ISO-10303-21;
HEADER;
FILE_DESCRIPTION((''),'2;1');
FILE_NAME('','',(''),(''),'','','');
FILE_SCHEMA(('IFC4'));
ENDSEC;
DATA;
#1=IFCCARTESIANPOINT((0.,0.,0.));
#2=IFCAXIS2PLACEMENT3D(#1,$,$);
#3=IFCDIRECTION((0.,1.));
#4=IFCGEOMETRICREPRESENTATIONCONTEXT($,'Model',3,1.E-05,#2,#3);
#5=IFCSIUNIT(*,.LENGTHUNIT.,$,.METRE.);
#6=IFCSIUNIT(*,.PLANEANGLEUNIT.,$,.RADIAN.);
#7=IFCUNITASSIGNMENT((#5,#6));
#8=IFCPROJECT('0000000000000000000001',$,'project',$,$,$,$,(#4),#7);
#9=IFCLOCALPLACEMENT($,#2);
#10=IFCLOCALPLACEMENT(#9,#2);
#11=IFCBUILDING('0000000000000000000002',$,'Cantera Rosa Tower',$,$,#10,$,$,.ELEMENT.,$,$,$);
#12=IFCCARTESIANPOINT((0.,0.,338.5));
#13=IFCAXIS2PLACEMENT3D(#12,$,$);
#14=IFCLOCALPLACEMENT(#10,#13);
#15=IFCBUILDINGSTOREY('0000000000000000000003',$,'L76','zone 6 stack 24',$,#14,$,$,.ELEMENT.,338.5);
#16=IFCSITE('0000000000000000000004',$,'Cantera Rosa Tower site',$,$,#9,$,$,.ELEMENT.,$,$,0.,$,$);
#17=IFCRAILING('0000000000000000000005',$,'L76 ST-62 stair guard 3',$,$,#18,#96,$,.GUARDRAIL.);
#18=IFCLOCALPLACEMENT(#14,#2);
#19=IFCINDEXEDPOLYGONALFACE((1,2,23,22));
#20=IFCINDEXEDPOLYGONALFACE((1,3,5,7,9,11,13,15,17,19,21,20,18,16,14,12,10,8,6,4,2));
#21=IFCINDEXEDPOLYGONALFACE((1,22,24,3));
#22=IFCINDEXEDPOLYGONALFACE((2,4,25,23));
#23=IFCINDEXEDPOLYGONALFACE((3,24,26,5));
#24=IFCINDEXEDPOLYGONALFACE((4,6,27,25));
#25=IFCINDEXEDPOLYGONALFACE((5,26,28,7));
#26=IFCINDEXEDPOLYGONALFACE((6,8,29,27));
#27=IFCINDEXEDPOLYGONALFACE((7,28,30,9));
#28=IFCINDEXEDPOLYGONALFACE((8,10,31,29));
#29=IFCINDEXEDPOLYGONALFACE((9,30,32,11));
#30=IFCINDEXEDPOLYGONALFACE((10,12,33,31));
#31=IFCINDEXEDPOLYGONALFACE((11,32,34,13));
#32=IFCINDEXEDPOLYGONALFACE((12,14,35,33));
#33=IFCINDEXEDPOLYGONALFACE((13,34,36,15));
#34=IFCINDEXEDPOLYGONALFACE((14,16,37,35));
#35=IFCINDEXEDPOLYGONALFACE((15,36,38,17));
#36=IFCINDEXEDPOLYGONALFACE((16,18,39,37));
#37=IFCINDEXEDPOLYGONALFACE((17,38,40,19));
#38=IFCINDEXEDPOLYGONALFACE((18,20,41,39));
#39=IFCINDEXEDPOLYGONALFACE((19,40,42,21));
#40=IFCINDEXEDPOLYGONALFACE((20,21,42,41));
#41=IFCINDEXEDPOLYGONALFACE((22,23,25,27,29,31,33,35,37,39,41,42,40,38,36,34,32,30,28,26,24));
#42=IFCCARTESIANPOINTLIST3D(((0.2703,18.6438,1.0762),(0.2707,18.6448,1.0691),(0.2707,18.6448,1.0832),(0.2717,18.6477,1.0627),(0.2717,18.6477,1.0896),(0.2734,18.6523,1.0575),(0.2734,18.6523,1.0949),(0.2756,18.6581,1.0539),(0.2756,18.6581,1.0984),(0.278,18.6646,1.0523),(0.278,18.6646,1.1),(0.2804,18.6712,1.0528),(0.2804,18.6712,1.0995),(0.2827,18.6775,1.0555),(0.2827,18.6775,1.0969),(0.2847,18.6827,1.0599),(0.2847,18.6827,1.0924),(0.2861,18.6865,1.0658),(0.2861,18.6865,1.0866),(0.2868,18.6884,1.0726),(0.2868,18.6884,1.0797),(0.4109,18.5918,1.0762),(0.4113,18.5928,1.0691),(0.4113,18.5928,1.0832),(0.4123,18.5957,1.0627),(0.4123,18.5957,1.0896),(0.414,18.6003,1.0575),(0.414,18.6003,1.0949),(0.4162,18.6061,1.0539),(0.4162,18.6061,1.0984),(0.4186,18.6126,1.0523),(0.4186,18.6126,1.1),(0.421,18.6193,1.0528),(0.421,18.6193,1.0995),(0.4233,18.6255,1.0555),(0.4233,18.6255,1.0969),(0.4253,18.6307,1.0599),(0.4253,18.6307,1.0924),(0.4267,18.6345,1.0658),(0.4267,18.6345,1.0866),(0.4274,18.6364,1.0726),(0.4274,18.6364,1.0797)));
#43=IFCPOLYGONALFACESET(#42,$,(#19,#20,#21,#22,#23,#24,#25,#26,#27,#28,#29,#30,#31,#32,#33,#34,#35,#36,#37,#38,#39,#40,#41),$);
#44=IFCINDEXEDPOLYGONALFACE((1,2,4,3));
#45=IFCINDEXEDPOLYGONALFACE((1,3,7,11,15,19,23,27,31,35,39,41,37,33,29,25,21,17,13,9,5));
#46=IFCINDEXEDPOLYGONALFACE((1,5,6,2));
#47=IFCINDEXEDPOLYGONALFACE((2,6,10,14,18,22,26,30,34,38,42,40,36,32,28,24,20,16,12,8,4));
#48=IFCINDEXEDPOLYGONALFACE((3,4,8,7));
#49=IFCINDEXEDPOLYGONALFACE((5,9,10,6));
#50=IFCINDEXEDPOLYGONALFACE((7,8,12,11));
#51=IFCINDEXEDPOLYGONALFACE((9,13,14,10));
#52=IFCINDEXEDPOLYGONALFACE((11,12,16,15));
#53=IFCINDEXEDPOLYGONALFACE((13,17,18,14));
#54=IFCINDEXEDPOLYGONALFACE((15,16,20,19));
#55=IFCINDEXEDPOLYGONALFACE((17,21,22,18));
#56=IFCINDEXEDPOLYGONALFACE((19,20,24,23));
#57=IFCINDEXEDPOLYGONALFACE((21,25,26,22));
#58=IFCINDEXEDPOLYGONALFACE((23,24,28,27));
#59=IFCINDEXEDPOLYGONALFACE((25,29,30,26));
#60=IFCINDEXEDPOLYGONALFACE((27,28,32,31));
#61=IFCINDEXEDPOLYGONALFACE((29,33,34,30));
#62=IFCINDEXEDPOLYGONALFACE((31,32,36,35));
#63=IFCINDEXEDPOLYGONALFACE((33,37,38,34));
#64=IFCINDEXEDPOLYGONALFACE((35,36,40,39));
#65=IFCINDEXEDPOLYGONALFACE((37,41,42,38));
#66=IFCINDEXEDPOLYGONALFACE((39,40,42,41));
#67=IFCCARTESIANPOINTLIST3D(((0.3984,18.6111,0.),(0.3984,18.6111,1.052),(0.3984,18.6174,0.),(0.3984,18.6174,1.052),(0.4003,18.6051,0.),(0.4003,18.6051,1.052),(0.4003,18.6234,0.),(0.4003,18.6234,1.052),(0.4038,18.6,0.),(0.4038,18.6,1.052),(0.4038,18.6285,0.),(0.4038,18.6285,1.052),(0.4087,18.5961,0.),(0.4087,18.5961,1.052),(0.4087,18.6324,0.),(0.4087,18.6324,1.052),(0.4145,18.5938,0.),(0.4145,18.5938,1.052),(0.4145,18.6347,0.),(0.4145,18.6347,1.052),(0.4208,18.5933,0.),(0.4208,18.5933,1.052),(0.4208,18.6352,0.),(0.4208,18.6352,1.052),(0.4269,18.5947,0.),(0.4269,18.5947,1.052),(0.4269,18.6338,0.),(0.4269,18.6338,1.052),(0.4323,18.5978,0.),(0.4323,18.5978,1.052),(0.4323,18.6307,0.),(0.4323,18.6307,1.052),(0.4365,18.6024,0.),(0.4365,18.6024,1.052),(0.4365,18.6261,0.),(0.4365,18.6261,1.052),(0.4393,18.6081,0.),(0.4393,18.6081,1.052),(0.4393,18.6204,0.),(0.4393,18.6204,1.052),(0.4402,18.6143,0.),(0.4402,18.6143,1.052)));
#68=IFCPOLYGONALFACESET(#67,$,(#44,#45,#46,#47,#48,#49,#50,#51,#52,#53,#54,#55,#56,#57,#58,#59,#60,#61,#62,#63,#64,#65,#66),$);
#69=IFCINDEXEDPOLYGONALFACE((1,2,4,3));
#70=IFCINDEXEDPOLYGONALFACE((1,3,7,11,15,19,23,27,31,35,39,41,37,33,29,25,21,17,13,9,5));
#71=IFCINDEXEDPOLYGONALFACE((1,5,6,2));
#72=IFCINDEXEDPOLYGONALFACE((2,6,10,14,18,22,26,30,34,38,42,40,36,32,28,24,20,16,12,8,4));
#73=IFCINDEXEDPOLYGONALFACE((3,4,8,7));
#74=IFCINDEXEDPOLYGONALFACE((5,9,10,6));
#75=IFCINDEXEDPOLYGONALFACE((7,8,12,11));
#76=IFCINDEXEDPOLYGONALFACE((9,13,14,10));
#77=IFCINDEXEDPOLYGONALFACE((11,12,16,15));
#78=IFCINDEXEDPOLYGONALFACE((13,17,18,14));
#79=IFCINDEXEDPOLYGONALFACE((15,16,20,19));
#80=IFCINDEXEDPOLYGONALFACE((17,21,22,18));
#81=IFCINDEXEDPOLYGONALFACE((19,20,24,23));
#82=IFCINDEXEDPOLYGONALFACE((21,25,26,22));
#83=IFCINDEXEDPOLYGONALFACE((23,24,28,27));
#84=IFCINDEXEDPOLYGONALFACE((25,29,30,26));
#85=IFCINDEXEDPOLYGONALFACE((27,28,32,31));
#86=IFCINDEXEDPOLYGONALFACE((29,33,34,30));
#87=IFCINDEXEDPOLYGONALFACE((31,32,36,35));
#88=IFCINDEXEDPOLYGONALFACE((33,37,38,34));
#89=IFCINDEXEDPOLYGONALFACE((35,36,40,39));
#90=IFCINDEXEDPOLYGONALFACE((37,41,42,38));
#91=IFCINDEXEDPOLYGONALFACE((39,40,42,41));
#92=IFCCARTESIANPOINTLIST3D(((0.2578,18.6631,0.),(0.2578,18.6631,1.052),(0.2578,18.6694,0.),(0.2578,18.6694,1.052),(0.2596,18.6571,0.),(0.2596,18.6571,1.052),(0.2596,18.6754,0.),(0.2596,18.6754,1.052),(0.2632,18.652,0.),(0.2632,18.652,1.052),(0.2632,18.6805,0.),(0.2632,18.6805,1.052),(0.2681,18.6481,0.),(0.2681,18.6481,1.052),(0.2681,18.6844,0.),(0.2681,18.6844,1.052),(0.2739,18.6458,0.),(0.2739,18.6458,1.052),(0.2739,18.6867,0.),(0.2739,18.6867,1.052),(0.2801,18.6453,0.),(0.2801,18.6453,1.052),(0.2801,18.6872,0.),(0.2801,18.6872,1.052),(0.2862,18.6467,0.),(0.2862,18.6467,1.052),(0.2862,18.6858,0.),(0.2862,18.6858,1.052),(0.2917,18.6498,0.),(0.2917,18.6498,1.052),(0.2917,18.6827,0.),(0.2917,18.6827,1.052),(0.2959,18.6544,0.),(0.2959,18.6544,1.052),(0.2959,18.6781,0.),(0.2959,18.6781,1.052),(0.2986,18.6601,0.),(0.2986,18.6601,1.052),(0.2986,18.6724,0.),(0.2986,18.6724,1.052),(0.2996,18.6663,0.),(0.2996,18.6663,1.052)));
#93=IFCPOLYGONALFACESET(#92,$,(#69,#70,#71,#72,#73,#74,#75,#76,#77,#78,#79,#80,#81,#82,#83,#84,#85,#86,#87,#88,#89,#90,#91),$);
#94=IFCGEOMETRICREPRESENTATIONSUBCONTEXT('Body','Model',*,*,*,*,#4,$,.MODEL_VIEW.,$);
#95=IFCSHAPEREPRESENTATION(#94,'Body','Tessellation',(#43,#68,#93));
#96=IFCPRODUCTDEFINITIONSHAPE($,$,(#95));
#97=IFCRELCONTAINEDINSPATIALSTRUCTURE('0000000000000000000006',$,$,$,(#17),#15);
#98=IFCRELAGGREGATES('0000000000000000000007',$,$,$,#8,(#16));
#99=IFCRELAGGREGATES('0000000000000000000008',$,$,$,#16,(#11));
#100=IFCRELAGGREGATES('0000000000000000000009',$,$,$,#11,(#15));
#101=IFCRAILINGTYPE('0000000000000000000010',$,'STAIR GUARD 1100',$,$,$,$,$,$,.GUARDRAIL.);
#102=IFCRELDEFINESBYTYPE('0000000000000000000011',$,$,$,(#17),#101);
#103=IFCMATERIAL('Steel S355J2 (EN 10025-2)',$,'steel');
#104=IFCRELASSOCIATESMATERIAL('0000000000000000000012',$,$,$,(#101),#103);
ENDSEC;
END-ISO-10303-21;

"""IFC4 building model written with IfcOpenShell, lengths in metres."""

from ifc_helpers import new_model, si_unit, direction, frame, origin, origin_2d, place, context, subcontext, project, spatial, circle, extrude, material, type_object, element, save


model = new_model("IFC4")

# Units and contexts
model_context = context("Model", 3, precision=1e-05, world=origin(), true_north=direction((0.0, 1.0)))
body_context = subcontext(model_context, "Body", "Model", "MODEL_VIEW")
ifc_project = project(units=[si_unit("LENGTHUNIT", "METRE"), si_unit("PLANEANGLEUNIT", "RADIAN")], contexts=[model_context])

# Site, building, storey
site_placement = place(None, origin())
site = spatial("IfcSite", under=ifc_project, at=site_placement, Name="Cantera Rosa Tower site", CompositionType="ELEMENT", RefElevation=0.0)
building_placement = place(site_placement, origin())
building = spatial("IfcBuilding", under=site, at=building_placement, Name="Cantera Rosa Tower", CompositionType="ELEMENT")
storey_placement = place(building_placement, frame((0.0, 0.0, 338.5)))
storey = spatial("IfcBuildingStorey", under=building, at=storey_placement, Name="L76", Description="zone 6 stack 24", CompositionType="ELEMENT", Elevation=338.5)

# Railing
ifc_material_1 = material(Name="Steel S355J2 (EN 10025-2)", Category="steel")
railing_type_1 = type_object("IfcRailingType", Name="STAIR GUARD 1100", PredefinedType="GUARDRAIL", material=ifc_material_1)
railing_1_placement = place(storey_placement, frame((0.4192, 18.6143, 0.0)))
element("IfcRailing", 1, at=railing_1_placement, inside=storey, type_object=railing_type_1, Name="L76 ST-62 stair guard 3", PredefinedType="GUARDRAIL", context=body_context, shape_type="SweptSolid", body=[
    extrude(circle(Radius=0.0239, at=origin_2d()), frame((0.0, 0.0, 1.0762), z_axis=(-0.937925, 0.346837, 0.0), x_axis=(-0.346837, -0.937925, 0.0)), (0.0, 0.0, 1.0), 0.1499),
    extrude(circle(Radius=0.021, at=origin_2d()), origin(), (0.0, 0.0, 1.0), 1.052),
    extrude(circle(Radius=0.021, at=origin_2d()), frame((-0.1406, 0.052, 0.0)), (0.0, 0.0, 1.0), 1.052),
])

save(model, "model.ifc")
